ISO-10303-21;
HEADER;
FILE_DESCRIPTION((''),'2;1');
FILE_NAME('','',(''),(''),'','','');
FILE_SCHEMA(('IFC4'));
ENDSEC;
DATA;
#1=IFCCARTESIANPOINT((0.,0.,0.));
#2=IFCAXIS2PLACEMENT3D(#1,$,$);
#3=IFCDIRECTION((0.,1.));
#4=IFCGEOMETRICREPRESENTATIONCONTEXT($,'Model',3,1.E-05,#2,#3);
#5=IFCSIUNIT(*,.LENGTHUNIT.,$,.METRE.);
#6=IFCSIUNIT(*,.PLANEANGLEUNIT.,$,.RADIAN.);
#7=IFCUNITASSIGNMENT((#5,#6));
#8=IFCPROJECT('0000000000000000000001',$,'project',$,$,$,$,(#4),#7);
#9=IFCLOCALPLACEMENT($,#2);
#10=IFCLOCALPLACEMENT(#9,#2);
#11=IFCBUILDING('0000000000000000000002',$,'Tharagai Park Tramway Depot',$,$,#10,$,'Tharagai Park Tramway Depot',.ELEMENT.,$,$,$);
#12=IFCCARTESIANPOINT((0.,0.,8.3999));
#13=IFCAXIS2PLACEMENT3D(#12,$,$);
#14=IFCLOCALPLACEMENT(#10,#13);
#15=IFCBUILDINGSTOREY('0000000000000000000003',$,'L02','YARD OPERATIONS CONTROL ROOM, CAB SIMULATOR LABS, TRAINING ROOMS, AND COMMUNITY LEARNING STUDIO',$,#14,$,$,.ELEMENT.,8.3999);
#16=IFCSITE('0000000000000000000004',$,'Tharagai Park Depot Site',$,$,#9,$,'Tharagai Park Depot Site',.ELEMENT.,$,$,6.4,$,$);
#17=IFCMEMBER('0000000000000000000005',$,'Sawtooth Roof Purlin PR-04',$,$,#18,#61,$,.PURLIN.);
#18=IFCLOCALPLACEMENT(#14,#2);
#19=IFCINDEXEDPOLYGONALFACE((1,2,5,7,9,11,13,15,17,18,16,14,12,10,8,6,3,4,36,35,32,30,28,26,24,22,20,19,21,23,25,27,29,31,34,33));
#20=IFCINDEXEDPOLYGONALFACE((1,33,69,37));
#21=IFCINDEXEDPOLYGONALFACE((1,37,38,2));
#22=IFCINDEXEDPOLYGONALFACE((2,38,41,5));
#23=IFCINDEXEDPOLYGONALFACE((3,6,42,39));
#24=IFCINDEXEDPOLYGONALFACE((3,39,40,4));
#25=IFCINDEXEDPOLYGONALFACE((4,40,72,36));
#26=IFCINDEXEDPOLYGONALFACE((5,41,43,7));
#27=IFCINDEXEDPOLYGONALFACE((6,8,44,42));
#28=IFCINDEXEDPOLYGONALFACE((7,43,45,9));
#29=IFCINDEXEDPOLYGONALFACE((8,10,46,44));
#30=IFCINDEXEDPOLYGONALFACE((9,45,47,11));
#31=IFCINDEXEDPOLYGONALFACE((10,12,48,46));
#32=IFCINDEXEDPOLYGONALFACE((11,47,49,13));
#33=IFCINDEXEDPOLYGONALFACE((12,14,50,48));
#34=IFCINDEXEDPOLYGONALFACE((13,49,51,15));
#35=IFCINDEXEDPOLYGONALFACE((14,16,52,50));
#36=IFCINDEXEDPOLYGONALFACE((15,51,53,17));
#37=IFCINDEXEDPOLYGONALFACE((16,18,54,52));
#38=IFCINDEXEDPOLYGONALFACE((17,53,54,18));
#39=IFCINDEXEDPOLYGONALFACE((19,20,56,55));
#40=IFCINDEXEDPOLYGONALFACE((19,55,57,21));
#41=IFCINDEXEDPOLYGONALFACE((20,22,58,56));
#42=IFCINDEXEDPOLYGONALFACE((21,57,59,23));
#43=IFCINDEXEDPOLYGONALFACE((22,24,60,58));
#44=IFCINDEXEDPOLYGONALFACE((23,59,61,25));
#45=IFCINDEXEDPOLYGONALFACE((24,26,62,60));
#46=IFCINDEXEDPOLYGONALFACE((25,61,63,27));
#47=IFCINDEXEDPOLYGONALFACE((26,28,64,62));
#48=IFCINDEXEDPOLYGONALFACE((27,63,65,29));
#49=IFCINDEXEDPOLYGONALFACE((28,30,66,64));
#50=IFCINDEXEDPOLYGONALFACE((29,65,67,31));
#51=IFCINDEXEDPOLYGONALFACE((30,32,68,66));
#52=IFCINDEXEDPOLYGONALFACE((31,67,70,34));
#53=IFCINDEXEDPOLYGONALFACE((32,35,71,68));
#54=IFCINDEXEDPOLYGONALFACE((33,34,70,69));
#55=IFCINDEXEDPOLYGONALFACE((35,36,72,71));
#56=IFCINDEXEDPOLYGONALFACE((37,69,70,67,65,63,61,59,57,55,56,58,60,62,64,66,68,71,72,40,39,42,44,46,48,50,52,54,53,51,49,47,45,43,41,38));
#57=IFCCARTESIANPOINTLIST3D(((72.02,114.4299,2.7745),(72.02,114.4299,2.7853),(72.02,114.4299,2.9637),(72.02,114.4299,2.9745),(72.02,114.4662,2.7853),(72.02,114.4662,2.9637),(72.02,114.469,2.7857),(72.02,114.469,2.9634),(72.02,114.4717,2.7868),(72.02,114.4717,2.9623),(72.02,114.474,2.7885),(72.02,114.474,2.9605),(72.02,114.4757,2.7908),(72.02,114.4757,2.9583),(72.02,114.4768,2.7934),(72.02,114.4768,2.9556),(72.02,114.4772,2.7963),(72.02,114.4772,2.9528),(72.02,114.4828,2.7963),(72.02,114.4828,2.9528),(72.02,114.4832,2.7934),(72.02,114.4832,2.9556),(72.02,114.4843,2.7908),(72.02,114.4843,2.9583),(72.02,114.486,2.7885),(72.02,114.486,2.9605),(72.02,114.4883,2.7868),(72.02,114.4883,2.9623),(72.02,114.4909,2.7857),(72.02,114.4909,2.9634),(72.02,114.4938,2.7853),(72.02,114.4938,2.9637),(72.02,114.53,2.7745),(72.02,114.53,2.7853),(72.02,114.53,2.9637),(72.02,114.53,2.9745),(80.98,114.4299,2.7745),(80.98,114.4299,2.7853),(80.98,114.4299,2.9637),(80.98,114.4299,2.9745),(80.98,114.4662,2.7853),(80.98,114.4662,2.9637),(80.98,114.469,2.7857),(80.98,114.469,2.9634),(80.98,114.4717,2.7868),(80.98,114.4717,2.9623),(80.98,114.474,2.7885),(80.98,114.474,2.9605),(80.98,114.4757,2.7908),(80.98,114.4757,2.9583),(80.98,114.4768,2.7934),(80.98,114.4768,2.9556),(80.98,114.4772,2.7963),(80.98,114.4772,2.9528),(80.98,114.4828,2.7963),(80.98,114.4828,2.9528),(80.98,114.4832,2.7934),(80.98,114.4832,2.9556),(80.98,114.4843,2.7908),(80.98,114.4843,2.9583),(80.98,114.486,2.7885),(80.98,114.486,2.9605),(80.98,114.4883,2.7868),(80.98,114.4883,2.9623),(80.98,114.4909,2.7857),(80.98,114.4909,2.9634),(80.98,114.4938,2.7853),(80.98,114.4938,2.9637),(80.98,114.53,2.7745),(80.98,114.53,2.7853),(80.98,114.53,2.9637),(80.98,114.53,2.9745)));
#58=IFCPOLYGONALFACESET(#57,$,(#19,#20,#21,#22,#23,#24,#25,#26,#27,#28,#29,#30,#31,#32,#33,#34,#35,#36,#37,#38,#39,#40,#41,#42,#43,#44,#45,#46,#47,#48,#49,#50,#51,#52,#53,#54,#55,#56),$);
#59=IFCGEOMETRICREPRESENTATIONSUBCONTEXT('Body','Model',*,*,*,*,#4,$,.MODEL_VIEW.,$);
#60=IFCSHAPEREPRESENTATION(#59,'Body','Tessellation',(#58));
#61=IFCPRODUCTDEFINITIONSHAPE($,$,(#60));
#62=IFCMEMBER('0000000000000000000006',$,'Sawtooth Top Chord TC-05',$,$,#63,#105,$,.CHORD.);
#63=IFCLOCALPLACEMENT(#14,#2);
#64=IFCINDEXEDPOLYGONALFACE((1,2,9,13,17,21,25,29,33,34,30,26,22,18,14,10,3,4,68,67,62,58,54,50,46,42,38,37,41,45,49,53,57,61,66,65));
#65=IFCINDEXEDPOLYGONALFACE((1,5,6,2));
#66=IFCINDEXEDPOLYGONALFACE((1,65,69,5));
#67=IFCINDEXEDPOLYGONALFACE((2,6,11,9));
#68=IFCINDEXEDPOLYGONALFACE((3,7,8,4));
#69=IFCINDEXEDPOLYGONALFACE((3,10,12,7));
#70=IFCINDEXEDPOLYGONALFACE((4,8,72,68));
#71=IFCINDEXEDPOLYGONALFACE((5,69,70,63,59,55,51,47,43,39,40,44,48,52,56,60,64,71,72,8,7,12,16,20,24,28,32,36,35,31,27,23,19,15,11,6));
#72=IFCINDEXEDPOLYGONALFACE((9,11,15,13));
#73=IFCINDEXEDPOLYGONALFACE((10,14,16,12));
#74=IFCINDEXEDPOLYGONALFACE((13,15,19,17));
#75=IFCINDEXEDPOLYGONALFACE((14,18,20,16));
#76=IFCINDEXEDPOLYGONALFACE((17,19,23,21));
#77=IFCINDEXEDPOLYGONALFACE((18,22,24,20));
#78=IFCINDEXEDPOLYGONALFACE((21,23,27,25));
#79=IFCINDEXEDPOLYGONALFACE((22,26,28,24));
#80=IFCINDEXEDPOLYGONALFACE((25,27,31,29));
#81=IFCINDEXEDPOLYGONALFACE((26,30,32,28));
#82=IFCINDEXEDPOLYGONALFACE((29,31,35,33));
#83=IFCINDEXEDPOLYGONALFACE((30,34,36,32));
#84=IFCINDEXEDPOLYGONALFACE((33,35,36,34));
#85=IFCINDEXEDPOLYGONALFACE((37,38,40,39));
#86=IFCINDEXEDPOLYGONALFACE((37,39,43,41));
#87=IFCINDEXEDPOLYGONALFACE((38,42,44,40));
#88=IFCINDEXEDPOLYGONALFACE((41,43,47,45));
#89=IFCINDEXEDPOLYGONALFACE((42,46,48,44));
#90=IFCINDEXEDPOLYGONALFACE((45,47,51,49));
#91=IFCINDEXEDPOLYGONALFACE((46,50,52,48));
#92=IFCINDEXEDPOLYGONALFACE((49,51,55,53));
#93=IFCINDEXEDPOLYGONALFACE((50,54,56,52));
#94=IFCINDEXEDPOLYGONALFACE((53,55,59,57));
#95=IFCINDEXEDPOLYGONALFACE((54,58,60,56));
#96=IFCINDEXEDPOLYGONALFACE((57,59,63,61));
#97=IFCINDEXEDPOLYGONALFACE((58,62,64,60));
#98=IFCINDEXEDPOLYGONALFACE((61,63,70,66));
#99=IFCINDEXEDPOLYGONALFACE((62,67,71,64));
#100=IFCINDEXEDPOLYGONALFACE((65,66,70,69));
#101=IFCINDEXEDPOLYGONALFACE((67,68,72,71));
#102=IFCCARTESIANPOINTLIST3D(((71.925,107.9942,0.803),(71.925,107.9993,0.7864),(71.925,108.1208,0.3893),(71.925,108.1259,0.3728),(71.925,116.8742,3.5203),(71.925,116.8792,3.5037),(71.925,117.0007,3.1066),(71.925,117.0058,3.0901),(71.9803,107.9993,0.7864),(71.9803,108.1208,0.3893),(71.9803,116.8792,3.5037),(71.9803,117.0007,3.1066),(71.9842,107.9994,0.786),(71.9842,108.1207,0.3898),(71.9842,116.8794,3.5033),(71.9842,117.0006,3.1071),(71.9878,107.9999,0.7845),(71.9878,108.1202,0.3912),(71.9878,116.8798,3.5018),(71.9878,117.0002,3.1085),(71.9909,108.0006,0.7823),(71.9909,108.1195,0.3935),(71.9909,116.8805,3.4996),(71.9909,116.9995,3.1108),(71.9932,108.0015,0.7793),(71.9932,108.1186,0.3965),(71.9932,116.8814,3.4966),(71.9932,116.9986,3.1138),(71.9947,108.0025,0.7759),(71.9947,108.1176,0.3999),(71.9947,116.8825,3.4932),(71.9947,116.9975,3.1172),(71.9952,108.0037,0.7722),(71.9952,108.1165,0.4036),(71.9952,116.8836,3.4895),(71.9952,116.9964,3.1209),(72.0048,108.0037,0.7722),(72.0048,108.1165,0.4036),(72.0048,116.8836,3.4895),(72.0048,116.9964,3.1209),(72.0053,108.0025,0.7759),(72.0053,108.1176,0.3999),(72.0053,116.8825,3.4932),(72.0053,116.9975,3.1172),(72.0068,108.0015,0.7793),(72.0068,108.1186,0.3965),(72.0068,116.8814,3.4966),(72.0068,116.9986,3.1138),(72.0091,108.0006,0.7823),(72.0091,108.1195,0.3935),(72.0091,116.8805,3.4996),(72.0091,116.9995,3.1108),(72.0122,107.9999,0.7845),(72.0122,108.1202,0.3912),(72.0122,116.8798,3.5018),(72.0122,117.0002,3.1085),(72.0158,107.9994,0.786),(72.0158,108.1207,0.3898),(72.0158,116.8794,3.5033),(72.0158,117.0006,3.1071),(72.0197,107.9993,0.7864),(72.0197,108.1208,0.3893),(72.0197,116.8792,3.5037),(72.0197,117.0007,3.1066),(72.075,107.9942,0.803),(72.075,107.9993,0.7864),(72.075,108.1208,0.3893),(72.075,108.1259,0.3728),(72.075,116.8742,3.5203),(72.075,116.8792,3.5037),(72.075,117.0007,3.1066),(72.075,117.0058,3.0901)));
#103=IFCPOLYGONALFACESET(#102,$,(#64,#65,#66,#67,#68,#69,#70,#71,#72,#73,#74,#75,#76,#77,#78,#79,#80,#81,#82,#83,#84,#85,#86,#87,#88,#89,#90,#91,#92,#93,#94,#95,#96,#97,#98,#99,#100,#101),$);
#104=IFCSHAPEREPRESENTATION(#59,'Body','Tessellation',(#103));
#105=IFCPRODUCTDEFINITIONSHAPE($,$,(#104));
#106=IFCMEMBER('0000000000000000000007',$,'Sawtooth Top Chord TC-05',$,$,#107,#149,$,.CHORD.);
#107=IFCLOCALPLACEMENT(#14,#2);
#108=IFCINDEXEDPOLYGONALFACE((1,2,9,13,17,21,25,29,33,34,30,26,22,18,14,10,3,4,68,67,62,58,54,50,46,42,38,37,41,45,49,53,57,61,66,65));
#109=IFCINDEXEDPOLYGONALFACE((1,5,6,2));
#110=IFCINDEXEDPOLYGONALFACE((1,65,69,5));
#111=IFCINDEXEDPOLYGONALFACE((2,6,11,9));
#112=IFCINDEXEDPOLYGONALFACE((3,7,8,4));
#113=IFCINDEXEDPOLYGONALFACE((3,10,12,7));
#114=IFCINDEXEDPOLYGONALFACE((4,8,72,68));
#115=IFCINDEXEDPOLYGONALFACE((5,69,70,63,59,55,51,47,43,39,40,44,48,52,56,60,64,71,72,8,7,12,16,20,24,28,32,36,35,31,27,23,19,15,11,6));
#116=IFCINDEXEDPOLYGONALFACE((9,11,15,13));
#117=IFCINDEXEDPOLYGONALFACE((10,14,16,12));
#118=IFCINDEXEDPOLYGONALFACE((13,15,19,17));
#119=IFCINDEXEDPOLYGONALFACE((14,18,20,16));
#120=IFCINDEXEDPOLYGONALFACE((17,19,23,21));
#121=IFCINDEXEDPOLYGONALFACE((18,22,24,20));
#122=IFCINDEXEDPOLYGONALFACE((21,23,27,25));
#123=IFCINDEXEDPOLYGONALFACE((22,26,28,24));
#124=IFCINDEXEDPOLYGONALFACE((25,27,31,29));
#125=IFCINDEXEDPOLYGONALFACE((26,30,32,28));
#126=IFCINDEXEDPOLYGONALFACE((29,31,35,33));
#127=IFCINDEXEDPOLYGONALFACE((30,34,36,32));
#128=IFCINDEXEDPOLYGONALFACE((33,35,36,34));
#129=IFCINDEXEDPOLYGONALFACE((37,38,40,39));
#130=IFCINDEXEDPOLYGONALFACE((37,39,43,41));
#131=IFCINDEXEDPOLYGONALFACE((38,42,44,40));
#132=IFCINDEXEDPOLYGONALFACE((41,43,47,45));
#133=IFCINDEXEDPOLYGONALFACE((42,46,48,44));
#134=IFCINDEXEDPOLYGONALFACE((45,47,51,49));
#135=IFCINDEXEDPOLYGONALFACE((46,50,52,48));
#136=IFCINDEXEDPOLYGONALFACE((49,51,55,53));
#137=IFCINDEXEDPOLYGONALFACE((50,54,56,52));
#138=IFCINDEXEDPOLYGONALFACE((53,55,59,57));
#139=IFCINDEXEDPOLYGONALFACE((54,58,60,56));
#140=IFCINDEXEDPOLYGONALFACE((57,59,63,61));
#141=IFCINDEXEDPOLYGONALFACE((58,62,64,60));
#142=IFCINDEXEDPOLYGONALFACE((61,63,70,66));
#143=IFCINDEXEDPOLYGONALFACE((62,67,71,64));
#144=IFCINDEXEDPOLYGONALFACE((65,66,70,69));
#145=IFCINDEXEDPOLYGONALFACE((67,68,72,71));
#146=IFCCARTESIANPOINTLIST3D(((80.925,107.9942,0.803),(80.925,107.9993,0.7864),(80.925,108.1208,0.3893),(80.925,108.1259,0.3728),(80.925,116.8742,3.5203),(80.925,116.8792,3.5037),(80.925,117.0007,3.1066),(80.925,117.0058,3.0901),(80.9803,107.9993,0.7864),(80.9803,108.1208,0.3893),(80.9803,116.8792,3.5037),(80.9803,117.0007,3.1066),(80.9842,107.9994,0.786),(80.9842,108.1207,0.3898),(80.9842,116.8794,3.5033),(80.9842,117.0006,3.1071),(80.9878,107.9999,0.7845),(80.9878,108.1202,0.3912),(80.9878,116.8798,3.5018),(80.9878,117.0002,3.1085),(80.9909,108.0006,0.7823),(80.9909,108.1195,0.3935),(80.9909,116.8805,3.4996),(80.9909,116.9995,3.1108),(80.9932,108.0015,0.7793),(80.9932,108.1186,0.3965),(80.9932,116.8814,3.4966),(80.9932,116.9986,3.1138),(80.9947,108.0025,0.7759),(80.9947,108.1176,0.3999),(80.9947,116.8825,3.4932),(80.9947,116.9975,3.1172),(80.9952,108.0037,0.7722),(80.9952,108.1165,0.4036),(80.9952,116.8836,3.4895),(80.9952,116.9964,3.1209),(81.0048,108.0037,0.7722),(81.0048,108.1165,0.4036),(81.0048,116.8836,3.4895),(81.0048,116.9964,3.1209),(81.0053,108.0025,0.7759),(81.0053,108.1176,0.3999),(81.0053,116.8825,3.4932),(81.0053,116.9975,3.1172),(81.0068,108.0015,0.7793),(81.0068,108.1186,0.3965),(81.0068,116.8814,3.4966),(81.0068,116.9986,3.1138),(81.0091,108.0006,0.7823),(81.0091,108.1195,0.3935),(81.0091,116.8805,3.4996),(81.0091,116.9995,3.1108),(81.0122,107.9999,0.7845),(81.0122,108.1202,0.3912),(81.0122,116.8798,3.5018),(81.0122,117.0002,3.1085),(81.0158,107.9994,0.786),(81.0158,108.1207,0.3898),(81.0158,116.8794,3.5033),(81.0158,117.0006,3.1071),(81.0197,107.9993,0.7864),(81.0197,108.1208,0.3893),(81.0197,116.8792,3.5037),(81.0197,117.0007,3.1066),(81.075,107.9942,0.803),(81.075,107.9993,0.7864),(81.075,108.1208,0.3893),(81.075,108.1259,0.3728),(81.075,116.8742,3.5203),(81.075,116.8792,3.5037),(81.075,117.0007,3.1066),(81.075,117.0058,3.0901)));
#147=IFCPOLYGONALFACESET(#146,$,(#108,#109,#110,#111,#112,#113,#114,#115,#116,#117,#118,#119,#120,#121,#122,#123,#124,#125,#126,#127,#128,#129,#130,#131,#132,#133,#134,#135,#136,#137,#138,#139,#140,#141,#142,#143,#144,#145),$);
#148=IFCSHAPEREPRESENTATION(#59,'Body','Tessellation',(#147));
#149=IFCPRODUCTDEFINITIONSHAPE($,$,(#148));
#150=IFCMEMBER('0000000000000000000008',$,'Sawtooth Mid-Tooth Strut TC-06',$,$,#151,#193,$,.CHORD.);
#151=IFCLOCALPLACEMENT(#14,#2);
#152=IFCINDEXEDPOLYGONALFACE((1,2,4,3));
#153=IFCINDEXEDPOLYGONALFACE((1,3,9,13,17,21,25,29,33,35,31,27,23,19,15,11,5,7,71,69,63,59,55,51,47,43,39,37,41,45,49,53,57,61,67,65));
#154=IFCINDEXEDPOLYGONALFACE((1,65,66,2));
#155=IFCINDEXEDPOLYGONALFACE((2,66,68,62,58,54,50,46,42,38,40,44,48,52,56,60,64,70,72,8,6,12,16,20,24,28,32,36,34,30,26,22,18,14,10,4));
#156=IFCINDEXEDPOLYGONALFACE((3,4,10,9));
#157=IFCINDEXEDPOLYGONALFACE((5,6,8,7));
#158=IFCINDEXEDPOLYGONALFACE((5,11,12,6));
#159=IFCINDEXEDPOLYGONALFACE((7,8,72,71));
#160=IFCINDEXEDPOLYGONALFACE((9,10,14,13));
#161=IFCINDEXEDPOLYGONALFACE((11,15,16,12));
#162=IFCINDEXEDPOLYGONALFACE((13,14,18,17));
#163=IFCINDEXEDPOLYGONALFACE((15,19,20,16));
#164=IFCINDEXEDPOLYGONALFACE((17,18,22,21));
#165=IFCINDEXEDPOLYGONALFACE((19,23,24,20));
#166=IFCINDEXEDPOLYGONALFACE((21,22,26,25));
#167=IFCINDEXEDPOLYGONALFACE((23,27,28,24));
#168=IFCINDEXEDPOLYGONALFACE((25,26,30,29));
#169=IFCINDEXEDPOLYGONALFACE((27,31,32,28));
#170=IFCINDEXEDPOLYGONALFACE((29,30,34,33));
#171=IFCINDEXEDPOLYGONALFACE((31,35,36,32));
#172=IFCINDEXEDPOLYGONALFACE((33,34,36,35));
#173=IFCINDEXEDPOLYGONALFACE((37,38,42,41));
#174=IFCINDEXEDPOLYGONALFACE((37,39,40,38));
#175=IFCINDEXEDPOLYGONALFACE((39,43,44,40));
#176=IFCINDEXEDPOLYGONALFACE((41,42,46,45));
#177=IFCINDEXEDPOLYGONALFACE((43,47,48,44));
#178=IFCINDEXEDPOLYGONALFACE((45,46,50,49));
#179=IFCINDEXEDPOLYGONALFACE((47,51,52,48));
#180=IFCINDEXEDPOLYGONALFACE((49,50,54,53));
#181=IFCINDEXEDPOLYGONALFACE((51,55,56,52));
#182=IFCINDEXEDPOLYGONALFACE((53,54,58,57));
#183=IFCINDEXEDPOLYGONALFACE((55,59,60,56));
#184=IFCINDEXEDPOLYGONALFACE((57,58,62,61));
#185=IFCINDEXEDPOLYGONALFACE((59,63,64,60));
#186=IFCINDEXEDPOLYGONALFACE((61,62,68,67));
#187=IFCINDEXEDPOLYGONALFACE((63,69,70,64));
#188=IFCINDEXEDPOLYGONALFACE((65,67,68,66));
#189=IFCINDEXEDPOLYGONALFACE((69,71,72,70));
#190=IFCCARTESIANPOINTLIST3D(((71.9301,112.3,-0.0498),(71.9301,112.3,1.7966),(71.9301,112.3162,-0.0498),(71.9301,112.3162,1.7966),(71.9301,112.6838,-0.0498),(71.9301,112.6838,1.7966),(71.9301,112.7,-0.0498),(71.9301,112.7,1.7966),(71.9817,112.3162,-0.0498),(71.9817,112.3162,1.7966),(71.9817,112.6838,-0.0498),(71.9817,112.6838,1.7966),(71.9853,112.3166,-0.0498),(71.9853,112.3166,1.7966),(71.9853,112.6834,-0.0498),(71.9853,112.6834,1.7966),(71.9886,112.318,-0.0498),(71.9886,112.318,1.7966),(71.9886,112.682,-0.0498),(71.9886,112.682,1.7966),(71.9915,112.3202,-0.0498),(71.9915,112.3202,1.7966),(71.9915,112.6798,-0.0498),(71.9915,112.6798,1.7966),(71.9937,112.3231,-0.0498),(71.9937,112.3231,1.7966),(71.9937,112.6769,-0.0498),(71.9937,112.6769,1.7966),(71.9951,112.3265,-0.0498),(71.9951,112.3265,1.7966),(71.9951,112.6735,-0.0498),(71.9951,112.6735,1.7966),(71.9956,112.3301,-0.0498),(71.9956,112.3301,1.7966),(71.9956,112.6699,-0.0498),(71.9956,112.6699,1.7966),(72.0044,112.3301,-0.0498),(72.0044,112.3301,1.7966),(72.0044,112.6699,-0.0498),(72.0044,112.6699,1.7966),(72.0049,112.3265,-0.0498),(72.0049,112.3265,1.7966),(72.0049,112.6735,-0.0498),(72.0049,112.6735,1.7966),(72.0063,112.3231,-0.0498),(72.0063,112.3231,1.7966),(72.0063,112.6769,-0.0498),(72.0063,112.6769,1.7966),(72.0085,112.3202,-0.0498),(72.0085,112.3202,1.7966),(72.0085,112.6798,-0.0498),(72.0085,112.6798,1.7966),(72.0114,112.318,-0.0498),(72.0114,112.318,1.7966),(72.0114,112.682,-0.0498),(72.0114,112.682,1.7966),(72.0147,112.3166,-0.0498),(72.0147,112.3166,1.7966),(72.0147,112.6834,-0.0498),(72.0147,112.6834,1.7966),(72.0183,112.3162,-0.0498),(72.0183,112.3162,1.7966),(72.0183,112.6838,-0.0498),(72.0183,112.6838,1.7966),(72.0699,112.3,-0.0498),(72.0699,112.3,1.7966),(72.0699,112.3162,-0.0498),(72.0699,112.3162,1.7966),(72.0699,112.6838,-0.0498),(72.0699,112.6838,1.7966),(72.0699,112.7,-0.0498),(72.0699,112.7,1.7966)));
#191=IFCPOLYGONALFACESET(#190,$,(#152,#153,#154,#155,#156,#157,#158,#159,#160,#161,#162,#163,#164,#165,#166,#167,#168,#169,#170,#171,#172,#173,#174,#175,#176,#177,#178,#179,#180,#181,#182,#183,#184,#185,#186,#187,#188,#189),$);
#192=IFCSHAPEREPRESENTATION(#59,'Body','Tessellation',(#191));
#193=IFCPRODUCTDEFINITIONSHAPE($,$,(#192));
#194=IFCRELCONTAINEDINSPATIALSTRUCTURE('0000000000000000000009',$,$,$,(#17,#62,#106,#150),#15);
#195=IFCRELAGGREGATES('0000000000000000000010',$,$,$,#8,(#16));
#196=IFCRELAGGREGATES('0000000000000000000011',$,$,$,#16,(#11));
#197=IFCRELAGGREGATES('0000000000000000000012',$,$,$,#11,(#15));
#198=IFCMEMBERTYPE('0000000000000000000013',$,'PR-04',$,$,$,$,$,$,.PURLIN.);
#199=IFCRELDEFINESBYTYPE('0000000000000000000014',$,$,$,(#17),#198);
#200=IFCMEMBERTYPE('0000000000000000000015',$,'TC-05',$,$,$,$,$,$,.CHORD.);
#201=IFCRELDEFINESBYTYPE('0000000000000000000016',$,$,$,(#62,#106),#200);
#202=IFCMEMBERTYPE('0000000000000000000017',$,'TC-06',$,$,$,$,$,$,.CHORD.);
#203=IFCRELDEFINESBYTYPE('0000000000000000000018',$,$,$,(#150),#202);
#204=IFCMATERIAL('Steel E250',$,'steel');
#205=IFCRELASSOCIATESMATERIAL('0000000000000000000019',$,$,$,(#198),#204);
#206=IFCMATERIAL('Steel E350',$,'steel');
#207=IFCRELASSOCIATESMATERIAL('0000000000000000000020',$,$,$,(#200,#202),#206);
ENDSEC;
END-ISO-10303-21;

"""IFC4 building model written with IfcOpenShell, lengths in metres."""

from ifc_helpers import new_model, si_unit, direction, frame, origin, origin_2d, place, context, subcontext, project, spatial, i_section, extrude, material, material_profile, profile_set, type_object, element, save


model = new_model("IFC4")

# Units and contexts
model_context = context("Model", 3, precision=1e-05, world=origin(), true_north=direction((0.0, 1.0)))
body_context = subcontext(model_context, "Body", "Model", "MODEL_VIEW")
ifc_project = project(units=[si_unit("LENGTHUNIT", "METRE"), si_unit("PLANEANGLEUNIT", "RADIAN")], contexts=[model_context])

# Site, building, storey
site_placement = place(None, origin())
site = spatial("IfcSite", under=ifc_project, at=site_placement, Name="Tharagai Park Depot Site", LongName="Tharagai Park Depot Site", CompositionType="ELEMENT", RefElevation=6.4)
building_placement = place(site_placement, origin())
building = spatial("IfcBuilding", under=site, at=building_placement, Name="Tharagai Park Tramway Depot", LongName="Tharagai Park Tramway Depot", CompositionType="ELEMENT")
storey_placement = place(building_placement, frame((0.0, 0.0, 8.3999)))
storey = spatial("IfcBuildingStorey", under=building, at=storey_placement, Name="L02", Description="YARD OPERATIONS CONTROL ROOM, CAB SIMULATOR LABS, TRAINING ROOMS, AND COMMUNITY LEARNING STUDIO", CompositionType="ELEMENT", Elevation=8.3999)

# Shared definitions
ifc_material_1 = material(Name="Steel E350", Category="steel")

# Members
ifc_material_2 = material(Name="Steel E250", Category="steel")
ifc_material_profile_1 = material_profile(ifc_material_2, i_section(OverallWidth=0.1001, OverallDepth=0.2, WebThickness=0.0056, FlangeThickness=0.0107, FilletRadius=0.011, at=origin_2d()), Name="ISMB 200")
ifc_profile_set_1 = profile_set([ifc_material_profile_1], Name="Steel E250")
member_type_1 = type_object("IfcMemberType", Name="PR-04", PredefinedType="PURLIN", material=ifc_profile_set_1)
for number, where, z_axis, x_axis, name in (
    (1, (72.02, 114.48, 2.8745), (1.0, 0.0, 0.0), (0.0, 1.0, 0.0), "Sawtooth Roof Purlin PR-04"),
):
    element("IfcMember", number, at=place(storey_placement, frame(where, z_axis=z_axis, x_axis=x_axis)), inside=storey, type_object=member_type_1, Name=name, PredefinedType="PURLIN", context=body_context, shape_type="SweptSolid", body=[
        extrude(i_section(OverallWidth=0.1001, OverallDepth=0.2, WebThickness=0.0056, FlangeThickness=0.0107, FilletRadius=0.011, at=origin_2d()), origin(), (0.0, 0.0, 1.0), 8.96),
    ])
ifc_material_profile_2 = material_profile(ifc_material_1, i_section(OverallWidth=0.1499, OverallDepth=0.45, WebThickness=0.0095, FlangeThickness=0.0173, FilletRadius=0.0149, at=origin_2d()), Name="ISMB 450")
ifc_profile_set_2 = profile_set([ifc_material_profile_2], Name="Steel E350")
member_type_2 = type_object("IfcMemberType", Name="TC-05", PredefinedType="CHORD", material=ifc_profile_set_2)
for number, where, z_axis, x_axis, name in (
    (2, (72.0, 108.0601, 0.5879), (0.0, 0.956231, 0.292611), (-1.0, 0.0, 0.0), "Sawtooth Top Chord TC-05"),
    (3, (81.0, 108.0601, 0.5879), (0.0, 0.956231, 0.292611), (-1.0, 0.0, 0.0), "Sawtooth Top Chord TC-05"),
):
    element("IfcMember", number, at=place(storey_placement, frame(where, z_axis=z_axis, x_axis=x_axis)), inside=storey, type_object=member_type_2, Name=name, PredefinedType="CHORD", context=body_context, shape_type="SweptSolid", body=[
        extrude(i_section(OverallWidth=0.1499, OverallDepth=0.45, WebThickness=0.0095, FlangeThickness=0.0173, FilletRadius=0.0149, at=origin_2d()), origin(), (0.0, 0.0, 1.0), 9.2864),
    ])
ifc_material_profile_3 = material_profile(ifc_material_1, i_section(OverallWidth=0.1399, OverallDepth=0.3999, WebThickness=0.0088, FlangeThickness=0.0161, FilletRadius=0.0139, at=origin_2d()), Name="ISMB 400")
ifc_profile_set_3 = profile_set([ifc_material_profile_3], Name="Steel E350")
member_type_3 = type_object("IfcMemberType", Name="TC-06", PredefinedType="CHORD", material=ifc_profile_set_3)
for number, where, z_axis, x_axis, name in (
    (4, (72.0, 112.5, -0.0498), (0.0, 0.0, 1.0), (1.0, 0.0, 0.0), "Sawtooth Mid-Tooth Strut TC-06"),
):
    element("IfcMember", number, at=place(storey_placement, frame(where, z_axis=z_axis, x_axis=x_axis)), inside=storey, type_object=member_type_3, Name=name, PredefinedType="CHORD", context=body_context, shape_type="SweptSolid", body=[
        extrude(i_section(OverallWidth=0.1399, OverallDepth=0.3999, WebThickness=0.0088, FlangeThickness=0.0161, FilletRadius=0.0139, at=origin_2d()), origin(), (0.0, 0.0, 1.0), 1.8464),
    ])

save(model, "model.ifc")
